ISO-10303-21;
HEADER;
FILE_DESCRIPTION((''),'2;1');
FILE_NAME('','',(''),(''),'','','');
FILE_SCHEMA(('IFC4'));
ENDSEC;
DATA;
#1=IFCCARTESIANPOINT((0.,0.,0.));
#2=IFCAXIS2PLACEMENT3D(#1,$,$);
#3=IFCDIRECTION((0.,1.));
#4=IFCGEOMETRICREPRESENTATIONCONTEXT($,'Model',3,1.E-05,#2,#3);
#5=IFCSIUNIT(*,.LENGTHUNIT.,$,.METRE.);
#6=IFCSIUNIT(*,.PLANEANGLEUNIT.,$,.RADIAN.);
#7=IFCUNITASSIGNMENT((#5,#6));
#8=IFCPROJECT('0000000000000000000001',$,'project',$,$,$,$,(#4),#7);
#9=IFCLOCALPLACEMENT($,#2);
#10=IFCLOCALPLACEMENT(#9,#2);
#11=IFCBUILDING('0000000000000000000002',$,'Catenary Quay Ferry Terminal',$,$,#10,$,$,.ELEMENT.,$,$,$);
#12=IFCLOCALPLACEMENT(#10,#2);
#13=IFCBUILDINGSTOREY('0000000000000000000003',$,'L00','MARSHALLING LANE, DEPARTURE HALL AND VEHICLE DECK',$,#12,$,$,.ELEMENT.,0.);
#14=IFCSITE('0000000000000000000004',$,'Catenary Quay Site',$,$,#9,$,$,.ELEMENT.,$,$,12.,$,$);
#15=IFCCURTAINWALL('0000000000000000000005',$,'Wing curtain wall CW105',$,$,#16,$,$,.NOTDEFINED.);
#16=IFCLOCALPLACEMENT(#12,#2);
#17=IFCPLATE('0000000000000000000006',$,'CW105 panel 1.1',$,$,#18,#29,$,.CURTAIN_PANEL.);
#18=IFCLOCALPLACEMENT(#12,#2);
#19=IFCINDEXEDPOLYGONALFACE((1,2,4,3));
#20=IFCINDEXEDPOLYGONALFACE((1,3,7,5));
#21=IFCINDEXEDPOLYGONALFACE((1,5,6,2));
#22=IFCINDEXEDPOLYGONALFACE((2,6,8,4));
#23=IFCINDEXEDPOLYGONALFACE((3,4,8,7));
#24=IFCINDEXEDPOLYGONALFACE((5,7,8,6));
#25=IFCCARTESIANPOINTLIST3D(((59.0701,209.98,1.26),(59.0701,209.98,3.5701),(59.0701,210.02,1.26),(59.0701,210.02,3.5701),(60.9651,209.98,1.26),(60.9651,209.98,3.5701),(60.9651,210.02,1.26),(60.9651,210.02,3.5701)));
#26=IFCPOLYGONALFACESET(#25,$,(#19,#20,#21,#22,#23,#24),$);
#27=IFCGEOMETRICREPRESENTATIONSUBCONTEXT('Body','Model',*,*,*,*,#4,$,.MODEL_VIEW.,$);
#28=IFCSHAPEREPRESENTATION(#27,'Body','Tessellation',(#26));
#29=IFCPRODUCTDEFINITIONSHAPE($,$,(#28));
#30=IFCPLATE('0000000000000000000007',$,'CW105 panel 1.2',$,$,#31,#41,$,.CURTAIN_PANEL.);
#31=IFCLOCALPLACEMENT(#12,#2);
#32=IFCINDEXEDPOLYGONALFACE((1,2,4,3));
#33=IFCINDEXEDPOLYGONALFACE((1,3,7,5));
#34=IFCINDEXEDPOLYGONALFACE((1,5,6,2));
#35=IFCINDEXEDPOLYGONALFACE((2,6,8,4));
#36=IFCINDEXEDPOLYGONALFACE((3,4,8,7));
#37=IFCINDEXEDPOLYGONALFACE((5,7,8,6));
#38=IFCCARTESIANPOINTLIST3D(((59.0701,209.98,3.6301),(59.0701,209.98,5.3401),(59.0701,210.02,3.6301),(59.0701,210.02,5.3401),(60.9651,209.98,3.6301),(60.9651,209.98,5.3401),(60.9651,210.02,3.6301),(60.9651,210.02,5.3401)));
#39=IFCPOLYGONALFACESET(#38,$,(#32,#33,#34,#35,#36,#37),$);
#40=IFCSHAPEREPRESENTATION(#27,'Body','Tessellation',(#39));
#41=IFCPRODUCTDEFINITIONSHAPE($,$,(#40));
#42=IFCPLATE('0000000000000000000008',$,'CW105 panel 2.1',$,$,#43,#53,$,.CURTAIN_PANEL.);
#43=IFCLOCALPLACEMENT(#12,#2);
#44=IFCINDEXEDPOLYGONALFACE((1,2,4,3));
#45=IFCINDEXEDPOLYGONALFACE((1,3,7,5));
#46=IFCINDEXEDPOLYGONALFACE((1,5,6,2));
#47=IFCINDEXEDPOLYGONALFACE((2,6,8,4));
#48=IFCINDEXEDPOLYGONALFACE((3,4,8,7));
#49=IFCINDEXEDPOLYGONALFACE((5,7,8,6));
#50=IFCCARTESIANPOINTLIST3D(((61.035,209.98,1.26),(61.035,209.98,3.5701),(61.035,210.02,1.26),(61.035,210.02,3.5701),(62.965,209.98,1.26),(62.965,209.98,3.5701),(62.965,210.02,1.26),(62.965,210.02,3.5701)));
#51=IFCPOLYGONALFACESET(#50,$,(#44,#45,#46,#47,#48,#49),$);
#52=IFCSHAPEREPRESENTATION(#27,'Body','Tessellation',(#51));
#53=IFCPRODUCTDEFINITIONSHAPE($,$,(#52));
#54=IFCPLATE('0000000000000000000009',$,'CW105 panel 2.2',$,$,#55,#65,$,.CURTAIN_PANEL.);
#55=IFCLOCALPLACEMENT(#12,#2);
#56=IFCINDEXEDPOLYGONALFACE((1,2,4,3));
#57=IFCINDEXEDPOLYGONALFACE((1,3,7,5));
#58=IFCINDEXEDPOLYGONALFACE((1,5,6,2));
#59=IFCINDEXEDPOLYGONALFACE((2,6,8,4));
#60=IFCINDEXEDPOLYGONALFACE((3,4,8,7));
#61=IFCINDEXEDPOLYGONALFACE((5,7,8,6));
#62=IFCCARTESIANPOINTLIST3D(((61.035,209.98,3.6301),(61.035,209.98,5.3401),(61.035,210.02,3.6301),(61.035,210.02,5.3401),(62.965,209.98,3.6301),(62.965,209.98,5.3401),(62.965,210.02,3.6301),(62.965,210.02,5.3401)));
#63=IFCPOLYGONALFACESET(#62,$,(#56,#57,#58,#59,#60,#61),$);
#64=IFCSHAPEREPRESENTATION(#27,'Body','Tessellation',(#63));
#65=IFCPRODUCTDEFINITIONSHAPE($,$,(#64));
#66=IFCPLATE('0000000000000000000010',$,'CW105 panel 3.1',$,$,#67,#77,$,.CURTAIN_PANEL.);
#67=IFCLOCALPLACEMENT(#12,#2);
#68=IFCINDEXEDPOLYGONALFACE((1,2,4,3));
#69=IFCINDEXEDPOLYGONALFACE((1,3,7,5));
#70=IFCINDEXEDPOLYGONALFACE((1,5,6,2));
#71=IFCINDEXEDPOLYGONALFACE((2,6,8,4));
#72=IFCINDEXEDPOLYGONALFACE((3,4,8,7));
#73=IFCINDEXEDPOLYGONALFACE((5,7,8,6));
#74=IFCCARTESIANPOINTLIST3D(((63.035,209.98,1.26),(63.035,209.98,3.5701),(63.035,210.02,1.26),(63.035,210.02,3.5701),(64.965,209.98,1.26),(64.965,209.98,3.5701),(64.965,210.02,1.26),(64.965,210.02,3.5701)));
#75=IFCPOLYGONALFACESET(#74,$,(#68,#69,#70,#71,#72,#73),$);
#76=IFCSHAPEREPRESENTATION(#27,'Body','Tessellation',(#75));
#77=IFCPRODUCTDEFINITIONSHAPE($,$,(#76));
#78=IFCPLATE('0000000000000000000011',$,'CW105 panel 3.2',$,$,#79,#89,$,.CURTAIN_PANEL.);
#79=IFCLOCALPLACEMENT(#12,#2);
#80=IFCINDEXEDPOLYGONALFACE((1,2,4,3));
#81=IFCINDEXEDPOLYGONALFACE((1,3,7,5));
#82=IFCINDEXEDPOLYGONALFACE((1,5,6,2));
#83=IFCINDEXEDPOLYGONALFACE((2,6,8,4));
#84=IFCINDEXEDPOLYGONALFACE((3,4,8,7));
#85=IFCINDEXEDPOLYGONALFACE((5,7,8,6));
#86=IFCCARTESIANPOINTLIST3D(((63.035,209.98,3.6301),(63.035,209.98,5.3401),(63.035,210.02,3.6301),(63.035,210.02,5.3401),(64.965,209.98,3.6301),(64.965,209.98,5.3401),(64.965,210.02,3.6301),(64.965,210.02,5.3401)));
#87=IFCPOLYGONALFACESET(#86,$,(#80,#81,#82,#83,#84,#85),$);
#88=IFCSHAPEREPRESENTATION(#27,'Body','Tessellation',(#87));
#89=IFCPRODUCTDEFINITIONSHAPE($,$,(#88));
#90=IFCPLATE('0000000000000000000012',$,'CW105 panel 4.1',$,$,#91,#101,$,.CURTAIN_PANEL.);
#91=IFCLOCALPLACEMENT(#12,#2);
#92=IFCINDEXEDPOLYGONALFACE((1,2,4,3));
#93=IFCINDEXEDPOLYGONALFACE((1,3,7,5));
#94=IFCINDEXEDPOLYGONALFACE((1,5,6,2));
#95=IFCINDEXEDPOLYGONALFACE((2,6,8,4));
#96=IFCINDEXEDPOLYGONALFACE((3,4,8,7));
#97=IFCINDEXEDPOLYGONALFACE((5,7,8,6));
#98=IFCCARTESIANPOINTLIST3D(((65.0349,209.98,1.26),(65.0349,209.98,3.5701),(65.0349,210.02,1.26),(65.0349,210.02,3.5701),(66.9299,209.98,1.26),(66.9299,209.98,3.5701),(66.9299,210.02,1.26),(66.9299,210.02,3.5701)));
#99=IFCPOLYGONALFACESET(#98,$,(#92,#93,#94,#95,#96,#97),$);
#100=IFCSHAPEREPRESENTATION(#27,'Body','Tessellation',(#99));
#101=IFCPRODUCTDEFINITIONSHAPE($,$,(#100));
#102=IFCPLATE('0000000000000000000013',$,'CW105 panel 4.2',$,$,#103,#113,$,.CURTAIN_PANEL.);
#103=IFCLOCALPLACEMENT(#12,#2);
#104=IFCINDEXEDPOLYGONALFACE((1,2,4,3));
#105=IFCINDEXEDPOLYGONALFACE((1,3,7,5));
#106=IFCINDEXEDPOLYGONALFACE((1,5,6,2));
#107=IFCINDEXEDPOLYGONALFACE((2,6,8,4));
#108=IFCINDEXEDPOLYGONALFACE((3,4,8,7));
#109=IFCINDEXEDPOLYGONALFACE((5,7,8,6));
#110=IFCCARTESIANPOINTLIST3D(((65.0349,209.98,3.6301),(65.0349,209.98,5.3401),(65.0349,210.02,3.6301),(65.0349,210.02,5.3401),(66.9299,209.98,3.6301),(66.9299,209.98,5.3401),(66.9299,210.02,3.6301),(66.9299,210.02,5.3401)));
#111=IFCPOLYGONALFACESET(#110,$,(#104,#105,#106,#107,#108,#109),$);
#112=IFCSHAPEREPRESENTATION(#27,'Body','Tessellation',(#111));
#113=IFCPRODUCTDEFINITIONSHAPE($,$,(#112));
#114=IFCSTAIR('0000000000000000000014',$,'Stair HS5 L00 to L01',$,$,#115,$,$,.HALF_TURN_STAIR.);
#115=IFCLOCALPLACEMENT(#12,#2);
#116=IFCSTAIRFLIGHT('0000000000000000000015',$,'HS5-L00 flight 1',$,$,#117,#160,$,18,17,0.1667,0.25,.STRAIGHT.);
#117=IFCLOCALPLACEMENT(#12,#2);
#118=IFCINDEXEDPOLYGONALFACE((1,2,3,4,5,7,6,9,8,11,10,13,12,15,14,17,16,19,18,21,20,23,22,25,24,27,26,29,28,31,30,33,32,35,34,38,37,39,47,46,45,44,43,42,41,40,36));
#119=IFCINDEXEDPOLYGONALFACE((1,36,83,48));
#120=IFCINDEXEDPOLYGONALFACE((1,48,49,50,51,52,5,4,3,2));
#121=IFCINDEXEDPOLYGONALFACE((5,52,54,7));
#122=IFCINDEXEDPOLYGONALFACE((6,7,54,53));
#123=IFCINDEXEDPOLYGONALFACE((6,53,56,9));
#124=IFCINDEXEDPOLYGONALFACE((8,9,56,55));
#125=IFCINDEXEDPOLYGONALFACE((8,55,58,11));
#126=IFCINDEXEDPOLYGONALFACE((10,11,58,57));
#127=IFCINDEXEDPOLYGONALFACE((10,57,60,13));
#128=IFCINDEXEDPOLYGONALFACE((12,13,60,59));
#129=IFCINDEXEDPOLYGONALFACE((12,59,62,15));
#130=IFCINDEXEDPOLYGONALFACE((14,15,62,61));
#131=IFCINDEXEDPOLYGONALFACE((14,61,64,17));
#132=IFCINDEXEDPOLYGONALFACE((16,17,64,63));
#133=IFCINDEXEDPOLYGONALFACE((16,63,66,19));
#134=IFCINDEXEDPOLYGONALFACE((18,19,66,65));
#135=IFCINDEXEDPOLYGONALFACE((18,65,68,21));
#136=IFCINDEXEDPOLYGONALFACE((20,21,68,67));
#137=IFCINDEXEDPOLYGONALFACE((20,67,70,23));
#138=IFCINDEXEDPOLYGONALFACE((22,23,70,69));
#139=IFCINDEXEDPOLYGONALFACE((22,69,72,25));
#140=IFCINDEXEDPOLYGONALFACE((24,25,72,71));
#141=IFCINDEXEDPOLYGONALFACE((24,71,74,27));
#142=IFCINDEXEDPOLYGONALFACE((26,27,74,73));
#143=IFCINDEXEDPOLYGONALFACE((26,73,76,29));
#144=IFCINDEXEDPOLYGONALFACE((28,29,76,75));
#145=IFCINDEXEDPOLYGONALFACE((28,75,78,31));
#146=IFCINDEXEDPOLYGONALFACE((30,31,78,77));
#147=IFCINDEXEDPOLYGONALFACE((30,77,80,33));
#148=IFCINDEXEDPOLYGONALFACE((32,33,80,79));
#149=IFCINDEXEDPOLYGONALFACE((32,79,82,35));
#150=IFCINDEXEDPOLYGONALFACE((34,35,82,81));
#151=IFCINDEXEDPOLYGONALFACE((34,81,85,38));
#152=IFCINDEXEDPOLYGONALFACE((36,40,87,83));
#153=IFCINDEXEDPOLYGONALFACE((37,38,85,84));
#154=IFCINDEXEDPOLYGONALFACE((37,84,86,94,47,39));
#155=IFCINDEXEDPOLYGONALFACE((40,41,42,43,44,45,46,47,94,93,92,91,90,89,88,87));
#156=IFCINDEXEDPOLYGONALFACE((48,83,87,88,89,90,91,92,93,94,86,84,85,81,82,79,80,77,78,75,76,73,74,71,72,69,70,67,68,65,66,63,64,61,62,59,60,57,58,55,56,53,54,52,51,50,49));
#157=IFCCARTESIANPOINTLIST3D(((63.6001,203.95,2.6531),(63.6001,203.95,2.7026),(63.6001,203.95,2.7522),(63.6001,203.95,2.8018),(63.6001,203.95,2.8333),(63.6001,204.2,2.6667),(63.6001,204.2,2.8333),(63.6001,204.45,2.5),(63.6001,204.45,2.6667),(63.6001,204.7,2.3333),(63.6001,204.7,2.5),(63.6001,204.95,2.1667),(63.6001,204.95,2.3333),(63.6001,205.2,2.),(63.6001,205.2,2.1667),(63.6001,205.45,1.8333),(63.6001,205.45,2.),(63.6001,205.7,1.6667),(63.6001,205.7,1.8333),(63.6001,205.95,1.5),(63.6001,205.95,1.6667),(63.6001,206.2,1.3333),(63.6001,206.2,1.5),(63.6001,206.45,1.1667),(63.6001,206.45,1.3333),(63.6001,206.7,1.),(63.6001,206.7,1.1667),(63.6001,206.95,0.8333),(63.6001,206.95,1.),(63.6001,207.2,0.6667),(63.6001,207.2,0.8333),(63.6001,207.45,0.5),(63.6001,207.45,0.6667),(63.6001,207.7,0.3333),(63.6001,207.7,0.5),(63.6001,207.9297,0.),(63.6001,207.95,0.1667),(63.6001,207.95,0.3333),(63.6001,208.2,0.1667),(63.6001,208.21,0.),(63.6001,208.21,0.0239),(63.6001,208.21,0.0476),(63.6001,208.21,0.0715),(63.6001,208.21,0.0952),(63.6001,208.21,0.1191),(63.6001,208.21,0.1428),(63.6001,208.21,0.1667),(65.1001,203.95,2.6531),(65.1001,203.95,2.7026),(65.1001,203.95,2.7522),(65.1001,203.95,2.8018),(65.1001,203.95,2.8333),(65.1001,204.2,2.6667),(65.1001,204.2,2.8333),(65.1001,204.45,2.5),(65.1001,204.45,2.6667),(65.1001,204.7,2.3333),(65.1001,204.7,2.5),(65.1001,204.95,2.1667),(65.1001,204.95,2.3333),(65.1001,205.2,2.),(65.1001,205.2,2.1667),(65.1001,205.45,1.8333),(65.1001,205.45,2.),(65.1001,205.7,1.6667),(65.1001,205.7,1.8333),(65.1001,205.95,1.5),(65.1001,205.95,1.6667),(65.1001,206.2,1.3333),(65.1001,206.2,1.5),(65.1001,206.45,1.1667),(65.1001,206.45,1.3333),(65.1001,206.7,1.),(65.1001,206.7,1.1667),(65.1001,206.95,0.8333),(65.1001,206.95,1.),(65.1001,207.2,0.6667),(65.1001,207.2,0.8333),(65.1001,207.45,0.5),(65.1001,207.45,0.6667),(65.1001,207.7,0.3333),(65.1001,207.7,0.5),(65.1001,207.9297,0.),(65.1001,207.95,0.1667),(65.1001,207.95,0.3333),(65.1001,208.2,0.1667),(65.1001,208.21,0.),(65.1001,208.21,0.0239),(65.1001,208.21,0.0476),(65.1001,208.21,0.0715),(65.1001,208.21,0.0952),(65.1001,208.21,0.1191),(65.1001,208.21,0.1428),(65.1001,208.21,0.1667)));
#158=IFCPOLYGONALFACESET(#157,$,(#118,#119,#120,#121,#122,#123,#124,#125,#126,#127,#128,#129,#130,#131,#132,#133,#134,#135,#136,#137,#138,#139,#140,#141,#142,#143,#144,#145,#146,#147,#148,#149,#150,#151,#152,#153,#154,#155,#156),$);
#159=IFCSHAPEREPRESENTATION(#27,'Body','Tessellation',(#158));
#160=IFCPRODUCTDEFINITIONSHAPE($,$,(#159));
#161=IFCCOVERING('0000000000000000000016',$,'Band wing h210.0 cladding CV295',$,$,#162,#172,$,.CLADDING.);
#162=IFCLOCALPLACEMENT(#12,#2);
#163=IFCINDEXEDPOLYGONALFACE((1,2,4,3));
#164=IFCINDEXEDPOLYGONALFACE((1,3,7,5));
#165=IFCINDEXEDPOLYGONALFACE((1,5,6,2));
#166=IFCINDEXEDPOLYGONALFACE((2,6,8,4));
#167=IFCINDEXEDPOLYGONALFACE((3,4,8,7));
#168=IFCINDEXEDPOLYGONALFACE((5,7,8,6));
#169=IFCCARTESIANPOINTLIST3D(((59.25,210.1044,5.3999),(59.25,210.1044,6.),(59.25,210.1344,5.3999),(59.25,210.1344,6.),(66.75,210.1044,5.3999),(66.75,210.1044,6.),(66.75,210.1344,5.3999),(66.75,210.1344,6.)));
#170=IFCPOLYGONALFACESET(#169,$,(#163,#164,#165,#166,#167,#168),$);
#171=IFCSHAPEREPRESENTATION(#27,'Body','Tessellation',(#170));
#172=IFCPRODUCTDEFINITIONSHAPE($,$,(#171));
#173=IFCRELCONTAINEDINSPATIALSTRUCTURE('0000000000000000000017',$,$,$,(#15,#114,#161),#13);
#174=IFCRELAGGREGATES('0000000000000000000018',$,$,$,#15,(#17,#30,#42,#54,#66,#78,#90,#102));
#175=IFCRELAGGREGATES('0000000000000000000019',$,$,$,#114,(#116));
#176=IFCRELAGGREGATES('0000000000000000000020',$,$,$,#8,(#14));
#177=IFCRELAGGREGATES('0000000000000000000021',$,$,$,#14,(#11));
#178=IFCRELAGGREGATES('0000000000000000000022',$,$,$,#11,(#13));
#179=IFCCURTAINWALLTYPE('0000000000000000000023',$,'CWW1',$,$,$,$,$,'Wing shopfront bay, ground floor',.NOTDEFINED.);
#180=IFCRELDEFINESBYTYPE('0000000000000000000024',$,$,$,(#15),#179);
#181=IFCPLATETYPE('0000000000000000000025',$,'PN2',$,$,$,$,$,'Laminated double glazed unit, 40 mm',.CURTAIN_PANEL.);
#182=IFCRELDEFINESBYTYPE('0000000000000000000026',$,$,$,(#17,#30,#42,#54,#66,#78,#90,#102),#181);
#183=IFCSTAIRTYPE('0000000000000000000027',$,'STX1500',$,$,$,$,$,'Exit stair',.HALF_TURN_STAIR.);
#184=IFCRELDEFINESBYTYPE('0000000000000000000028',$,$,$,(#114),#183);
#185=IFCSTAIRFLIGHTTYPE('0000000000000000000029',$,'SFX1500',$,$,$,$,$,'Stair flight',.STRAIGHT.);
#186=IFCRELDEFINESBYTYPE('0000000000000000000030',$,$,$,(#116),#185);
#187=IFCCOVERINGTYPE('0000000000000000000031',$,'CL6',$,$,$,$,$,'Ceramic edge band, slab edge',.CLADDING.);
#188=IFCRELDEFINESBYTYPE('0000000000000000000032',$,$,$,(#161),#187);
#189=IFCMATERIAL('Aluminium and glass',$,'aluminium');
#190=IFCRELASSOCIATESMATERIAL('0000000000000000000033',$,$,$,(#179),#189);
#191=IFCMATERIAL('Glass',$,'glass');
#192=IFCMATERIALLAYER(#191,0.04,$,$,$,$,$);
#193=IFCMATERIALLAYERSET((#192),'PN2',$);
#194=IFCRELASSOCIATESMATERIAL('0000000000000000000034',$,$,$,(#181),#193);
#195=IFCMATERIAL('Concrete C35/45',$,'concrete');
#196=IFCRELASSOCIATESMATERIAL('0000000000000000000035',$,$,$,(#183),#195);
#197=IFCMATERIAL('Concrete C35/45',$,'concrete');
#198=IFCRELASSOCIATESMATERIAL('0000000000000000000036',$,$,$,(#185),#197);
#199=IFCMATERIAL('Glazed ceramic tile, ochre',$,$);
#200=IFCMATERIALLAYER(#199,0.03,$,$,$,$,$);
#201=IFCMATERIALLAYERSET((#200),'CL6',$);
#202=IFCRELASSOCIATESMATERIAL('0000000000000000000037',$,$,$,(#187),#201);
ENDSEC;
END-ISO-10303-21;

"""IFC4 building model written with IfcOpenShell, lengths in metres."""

from ifc_helpers import new_model, si_unit, direction, frame, origin, origin_2d, place, context, subcontext, project, spatial, polyline, rectangle, outline, extrude, material, layer, layer_set, type_object, element, aggregate, save


model = new_model("IFC4")

# Units and contexts
model_context = context("Model", 3, precision=1e-05, world=origin(), true_north=direction((0.0, 1.0)))
body_context = subcontext(model_context, "Body", "Model", "MODEL_VIEW")
ifc_project = project(units=[si_unit("LENGTHUNIT", "METRE"), si_unit("PLANEANGLEUNIT", "RADIAN")], contexts=[model_context])

# Site, building, storey
site_placement = place(None, origin())
site = spatial("IfcSite", under=ifc_project, at=site_placement, Name="Catenary Quay Site", CompositionType="ELEMENT", RefElevation=12.0)
building_placement = place(site_placement, origin())
building = spatial("IfcBuilding", under=site, at=building_placement, Name="Catenary Quay Ferry Terminal", CompositionType="ELEMENT")
storey_placement = place(building_placement, origin())
storey = spatial("IfcBuildingStorey", under=building, at=storey_placement, Name="L00", Description="MARSHALLING LANE, DEPARTURE HALL AND VEHICLE DECK", CompositionType="ELEMENT", Elevation=0.0)

# Curtain wall, plates
ifc_material_1 = material(Name="Aluminium and glass", Category="aluminium")
curtain_wall_type = type_object("IfcCurtainWallType", Name="CWW1", ElementType="Wing shopfront bay, ground floor", PredefinedType="NOTDEFINED", material=ifc_material_1)
curtain_wall_placement = place(storey_placement, origin())
curtain_wall = element("IfcCurtainWall", 1, at=curtain_wall_placement, inside=storey, type_object=curtain_wall_type, Name="Wing curtain wall CW105", PredefinedType="NOTDEFINED")
ifc_material_2 = material(Name="Glass", Category="glass")
ifc_layer_1 = layer(ifc_material_2, 0.04)
ifc_layer_set_1 = layer_set([ifc_layer_1], Name="PN2")
plate_type = type_object("IfcPlateType", Name="PN2", ElementType="Laminated double glazed unit, 40 mm", PredefinedType="CURTAIN_PANEL", material=ifc_layer_set_1)
plate_1_placement = place(storey_placement, frame((60.0176, 210.0, 1.26), z_axis=(0.0, 0.0, 1.0), x_axis=(1.0, 0.0, 0.0)))
plate_1 = element("IfcPlate", 2, at=plate_1_placement, type_object=plate_type, Name="CW105 panel 1.1", PredefinedType="CURTAIN_PANEL", context=body_context, shape_type="SweptSolid", body=[
    extrude(rectangle(XDim=1.895, YDim=0.04, at=origin_2d()), origin(), (0.0, 0.0, 1.0), 2.3101),
])
plate_2_placement = place(storey_placement, frame((60.0176, 210.0, 3.6301), z_axis=(0.0, 0.0, 1.0), x_axis=(1.0, 0.0, 0.0)))
plate_2 = element("IfcPlate", 3, at=plate_2_placement, type_object=plate_type, Name="CW105 panel 1.2", PredefinedType="CURTAIN_PANEL", context=body_context, shape_type="SweptSolid", body=[
    extrude(rectangle(XDim=1.895, YDim=0.04, at=origin_2d()), origin(), (0.0, 0.0, 1.0), 1.71),
])
plate_3_placement = place(storey_placement, frame((62.0, 210.0, 1.26), z_axis=(0.0, 0.0, 1.0), x_axis=(1.0, 0.0, 0.0)))
plate_3 = element("IfcPlate", 4, at=plate_3_placement, type_object=plate_type, Name="CW105 panel 2.1", PredefinedType="CURTAIN_PANEL", context=body_context, shape_type="SweptSolid", body=[
    extrude(rectangle(XDim=1.9299, YDim=0.04, at=origin_2d()), origin(), (0.0, 0.0, 1.0), 2.3101),
])
plate_4_placement = place(storey_placement, frame((62.0, 210.0, 3.6301), z_axis=(0.0, 0.0, 1.0), x_axis=(1.0, 0.0, 0.0)))
plate_4 = element("IfcPlate", 5, at=plate_4_placement, type_object=plate_type, Name="CW105 panel 2.2", PredefinedType="CURTAIN_PANEL", context=body_context, shape_type="SweptSolid", body=[
    extrude(rectangle(XDim=1.9299, YDim=0.04, at=origin_2d()), origin(), (0.0, 0.0, 1.0), 1.71),
])
plate_5_placement = place(storey_placement, frame((64.0, 210.0, 1.26), z_axis=(0.0, 0.0, 1.0), x_axis=(1.0, 0.0, 0.0)))
plate_5 = element("IfcPlate", 6, at=plate_5_placement, type_object=plate_type, Name="CW105 panel 3.1", PredefinedType="CURTAIN_PANEL", context=body_context, shape_type="SweptSolid", body=[
    extrude(rectangle(XDim=1.9299, YDim=0.04, at=origin_2d()), origin(), (0.0, 0.0, 1.0), 2.3101),
])
plate_6_placement = place(storey_placement, frame((64.0, 210.0, 3.6301), z_axis=(0.0, 0.0, 1.0), x_axis=(1.0, 0.0, 0.0)))
plate_6 = element("IfcPlate", 7, at=plate_6_placement, type_object=plate_type, Name="CW105 panel 3.2", PredefinedType="CURTAIN_PANEL", context=body_context, shape_type="SweptSolid", body=[
    extrude(rectangle(XDim=1.9299, YDim=0.04, at=origin_2d()), origin(), (0.0, 0.0, 1.0), 1.71),
])
plate_7_placement = place(storey_placement, frame((65.9824, 210.0, 1.26), z_axis=(0.0, 0.0, 1.0), x_axis=(1.0, 0.0, 0.0)))
plate_7 = element("IfcPlate", 8, at=plate_7_placement, type_object=plate_type, Name="CW105 panel 4.1", PredefinedType="CURTAIN_PANEL", context=body_context, shape_type="SweptSolid", body=[
    extrude(rectangle(XDim=1.895, YDim=0.04, at=origin_2d()), origin(), (0.0, 0.0, 1.0), 2.3101),
])
plate_8_placement = place(storey_placement, frame((65.9824, 210.0, 3.6301), z_axis=(0.0, 0.0, 1.0), x_axis=(1.0, 0.0, 0.0)))
plate_8 = element("IfcPlate", 9, at=plate_8_placement, type_object=plate_type, Name="CW105 panel 4.2", PredefinedType="CURTAIN_PANEL", context=body_context, shape_type="SweptSolid", body=[
    extrude(rectangle(XDim=1.895, YDim=0.04, at=origin_2d()), origin(), (0.0, 0.0, 1.0), 1.71),
])
aggregate(curtain_wall, [plate_1, plate_2, plate_3, plate_4, plate_5, plate_6, plate_7, plate_8])

# Stair, stair flight
ifc_material_3 = material(Name="Concrete C35/45", Category="concrete")
stair_type = type_object("IfcStairType", Name="STX1500", ElementType="Exit stair", PredefinedType="HALF_TURN_STAIR", material=ifc_material_3)
stair_placement = place(storey_placement, origin())
stair = element("IfcStair", 10, at=stair_placement, inside=storey, type_object=stair_type, Name="Stair HS5 L00 to L01", PredefinedType="HALF_TURN_STAIR")
ifc_material_4 = material(Name="Concrete C35/45", Category="concrete")
stair_flight_type = type_object("IfcStairFlightType", Name="SFX1500", ElementType="Stair flight", PredefinedType="STRAIGHT", material=ifc_material_4)
stair_flight_placement = place(storey_placement, frame((64.3501, 208.2, 0.0), z_axis=(0.0, 0.0, 1.0), x_axis=(0.0, -1.0, 0.0)))
stair_flight = element("IfcStairFlight", 11, at=stair_flight_placement, type_object=stair_flight_type, Name="HS5-L00 flight 1", NumberOfRisers=18, NumberOfTreads=17, PredefinedType="STRAIGHT", RiserHeight=0.1667, TreadLength=0.25, context=body_context, shape_type="SweptSolid", body=[
    extrude(outline(polyline([(-0.01, 0.0), (-0.01, 0.0239), (-0.01, 0.0476), (-0.01, 0.0715), (-0.01, 0.0952), (-0.01, 0.1191), (-0.01, 0.1428), (-0.01, 0.1667), (0.0, 0.1667), (0.25, 0.1667), (0.25, 0.3333), (0.5, 0.3333), (0.5, 0.5), (0.75, 0.5), (0.75, 0.6667), (1.0, 0.6667), (1.0, 0.8333), (1.25, 0.8333), (1.25, 1.0), (1.5, 1.0), (1.5, 1.1667), (1.75, 1.1667), (1.75, 1.3333), (2.0, 1.3333), (2.0, 1.5), (2.25, 1.5), (2.25, 1.6667), (2.5, 1.6667), (2.5, 1.8333), (2.75, 1.8333), (2.75, 2.0), (3.0, 2.0), (3.0, 2.1667), (3.25, 2.1667), (3.25, 2.3333), (3.5, 2.3333), (3.5, 2.5), (3.75, 2.5), (3.75, 2.6667), (4.0, 2.6667), (4.0, 2.8333), (4.25, 2.8333), (4.25, 3.0), (4.25, 2.9504), (4.25, 2.9009), (4.25, 2.8513), (4.25, 2.8018), (4.25, 2.7522), (4.25, 2.7026), (4.25, 2.6531), (0.2703, 0.0), (-0.01, 0.0)])), frame((0.0, 0.75, 0.0), z_axis=(0.0, -1.0, 0.0), x_axis=(1.0, 0.0, 0.0)), (0.0, 0.0, 1.0), 1.5),
])
aggregate(stair, [stair_flight])

# Covering
ifc_material_5 = material(Name="Glazed ceramic tile, ochre")
ifc_layer_2 = layer(ifc_material_5, 0.03)
ifc_layer_set_2 = layer_set([ifc_layer_2], Name="CL6")
covering_type = type_object("IfcCoveringType", Name="CL6", ElementType="Ceramic edge band, slab edge", PredefinedType="CLADDING", material=ifc_layer_set_2)
covering_placement = place(storey_placement, frame((63.0, 210.1194, 5.3999), z_axis=(0.0, 0.0, 1.0), x_axis=(1.0, 0.0, 0.0)))
element("IfcCovering", 12, at=covering_placement, inside=storey, type_object=covering_type, Name="Band wing h210.0 cladding CV295", PredefinedType="CLADDING", context=body_context, shape_type="SweptSolid", body=[
    extrude(rectangle(XDim=7.5, YDim=0.03, at=origin_2d()), origin(), (0.0, 0.0, 1.0), 0.6001),
])

save(model, "model.ifc")
